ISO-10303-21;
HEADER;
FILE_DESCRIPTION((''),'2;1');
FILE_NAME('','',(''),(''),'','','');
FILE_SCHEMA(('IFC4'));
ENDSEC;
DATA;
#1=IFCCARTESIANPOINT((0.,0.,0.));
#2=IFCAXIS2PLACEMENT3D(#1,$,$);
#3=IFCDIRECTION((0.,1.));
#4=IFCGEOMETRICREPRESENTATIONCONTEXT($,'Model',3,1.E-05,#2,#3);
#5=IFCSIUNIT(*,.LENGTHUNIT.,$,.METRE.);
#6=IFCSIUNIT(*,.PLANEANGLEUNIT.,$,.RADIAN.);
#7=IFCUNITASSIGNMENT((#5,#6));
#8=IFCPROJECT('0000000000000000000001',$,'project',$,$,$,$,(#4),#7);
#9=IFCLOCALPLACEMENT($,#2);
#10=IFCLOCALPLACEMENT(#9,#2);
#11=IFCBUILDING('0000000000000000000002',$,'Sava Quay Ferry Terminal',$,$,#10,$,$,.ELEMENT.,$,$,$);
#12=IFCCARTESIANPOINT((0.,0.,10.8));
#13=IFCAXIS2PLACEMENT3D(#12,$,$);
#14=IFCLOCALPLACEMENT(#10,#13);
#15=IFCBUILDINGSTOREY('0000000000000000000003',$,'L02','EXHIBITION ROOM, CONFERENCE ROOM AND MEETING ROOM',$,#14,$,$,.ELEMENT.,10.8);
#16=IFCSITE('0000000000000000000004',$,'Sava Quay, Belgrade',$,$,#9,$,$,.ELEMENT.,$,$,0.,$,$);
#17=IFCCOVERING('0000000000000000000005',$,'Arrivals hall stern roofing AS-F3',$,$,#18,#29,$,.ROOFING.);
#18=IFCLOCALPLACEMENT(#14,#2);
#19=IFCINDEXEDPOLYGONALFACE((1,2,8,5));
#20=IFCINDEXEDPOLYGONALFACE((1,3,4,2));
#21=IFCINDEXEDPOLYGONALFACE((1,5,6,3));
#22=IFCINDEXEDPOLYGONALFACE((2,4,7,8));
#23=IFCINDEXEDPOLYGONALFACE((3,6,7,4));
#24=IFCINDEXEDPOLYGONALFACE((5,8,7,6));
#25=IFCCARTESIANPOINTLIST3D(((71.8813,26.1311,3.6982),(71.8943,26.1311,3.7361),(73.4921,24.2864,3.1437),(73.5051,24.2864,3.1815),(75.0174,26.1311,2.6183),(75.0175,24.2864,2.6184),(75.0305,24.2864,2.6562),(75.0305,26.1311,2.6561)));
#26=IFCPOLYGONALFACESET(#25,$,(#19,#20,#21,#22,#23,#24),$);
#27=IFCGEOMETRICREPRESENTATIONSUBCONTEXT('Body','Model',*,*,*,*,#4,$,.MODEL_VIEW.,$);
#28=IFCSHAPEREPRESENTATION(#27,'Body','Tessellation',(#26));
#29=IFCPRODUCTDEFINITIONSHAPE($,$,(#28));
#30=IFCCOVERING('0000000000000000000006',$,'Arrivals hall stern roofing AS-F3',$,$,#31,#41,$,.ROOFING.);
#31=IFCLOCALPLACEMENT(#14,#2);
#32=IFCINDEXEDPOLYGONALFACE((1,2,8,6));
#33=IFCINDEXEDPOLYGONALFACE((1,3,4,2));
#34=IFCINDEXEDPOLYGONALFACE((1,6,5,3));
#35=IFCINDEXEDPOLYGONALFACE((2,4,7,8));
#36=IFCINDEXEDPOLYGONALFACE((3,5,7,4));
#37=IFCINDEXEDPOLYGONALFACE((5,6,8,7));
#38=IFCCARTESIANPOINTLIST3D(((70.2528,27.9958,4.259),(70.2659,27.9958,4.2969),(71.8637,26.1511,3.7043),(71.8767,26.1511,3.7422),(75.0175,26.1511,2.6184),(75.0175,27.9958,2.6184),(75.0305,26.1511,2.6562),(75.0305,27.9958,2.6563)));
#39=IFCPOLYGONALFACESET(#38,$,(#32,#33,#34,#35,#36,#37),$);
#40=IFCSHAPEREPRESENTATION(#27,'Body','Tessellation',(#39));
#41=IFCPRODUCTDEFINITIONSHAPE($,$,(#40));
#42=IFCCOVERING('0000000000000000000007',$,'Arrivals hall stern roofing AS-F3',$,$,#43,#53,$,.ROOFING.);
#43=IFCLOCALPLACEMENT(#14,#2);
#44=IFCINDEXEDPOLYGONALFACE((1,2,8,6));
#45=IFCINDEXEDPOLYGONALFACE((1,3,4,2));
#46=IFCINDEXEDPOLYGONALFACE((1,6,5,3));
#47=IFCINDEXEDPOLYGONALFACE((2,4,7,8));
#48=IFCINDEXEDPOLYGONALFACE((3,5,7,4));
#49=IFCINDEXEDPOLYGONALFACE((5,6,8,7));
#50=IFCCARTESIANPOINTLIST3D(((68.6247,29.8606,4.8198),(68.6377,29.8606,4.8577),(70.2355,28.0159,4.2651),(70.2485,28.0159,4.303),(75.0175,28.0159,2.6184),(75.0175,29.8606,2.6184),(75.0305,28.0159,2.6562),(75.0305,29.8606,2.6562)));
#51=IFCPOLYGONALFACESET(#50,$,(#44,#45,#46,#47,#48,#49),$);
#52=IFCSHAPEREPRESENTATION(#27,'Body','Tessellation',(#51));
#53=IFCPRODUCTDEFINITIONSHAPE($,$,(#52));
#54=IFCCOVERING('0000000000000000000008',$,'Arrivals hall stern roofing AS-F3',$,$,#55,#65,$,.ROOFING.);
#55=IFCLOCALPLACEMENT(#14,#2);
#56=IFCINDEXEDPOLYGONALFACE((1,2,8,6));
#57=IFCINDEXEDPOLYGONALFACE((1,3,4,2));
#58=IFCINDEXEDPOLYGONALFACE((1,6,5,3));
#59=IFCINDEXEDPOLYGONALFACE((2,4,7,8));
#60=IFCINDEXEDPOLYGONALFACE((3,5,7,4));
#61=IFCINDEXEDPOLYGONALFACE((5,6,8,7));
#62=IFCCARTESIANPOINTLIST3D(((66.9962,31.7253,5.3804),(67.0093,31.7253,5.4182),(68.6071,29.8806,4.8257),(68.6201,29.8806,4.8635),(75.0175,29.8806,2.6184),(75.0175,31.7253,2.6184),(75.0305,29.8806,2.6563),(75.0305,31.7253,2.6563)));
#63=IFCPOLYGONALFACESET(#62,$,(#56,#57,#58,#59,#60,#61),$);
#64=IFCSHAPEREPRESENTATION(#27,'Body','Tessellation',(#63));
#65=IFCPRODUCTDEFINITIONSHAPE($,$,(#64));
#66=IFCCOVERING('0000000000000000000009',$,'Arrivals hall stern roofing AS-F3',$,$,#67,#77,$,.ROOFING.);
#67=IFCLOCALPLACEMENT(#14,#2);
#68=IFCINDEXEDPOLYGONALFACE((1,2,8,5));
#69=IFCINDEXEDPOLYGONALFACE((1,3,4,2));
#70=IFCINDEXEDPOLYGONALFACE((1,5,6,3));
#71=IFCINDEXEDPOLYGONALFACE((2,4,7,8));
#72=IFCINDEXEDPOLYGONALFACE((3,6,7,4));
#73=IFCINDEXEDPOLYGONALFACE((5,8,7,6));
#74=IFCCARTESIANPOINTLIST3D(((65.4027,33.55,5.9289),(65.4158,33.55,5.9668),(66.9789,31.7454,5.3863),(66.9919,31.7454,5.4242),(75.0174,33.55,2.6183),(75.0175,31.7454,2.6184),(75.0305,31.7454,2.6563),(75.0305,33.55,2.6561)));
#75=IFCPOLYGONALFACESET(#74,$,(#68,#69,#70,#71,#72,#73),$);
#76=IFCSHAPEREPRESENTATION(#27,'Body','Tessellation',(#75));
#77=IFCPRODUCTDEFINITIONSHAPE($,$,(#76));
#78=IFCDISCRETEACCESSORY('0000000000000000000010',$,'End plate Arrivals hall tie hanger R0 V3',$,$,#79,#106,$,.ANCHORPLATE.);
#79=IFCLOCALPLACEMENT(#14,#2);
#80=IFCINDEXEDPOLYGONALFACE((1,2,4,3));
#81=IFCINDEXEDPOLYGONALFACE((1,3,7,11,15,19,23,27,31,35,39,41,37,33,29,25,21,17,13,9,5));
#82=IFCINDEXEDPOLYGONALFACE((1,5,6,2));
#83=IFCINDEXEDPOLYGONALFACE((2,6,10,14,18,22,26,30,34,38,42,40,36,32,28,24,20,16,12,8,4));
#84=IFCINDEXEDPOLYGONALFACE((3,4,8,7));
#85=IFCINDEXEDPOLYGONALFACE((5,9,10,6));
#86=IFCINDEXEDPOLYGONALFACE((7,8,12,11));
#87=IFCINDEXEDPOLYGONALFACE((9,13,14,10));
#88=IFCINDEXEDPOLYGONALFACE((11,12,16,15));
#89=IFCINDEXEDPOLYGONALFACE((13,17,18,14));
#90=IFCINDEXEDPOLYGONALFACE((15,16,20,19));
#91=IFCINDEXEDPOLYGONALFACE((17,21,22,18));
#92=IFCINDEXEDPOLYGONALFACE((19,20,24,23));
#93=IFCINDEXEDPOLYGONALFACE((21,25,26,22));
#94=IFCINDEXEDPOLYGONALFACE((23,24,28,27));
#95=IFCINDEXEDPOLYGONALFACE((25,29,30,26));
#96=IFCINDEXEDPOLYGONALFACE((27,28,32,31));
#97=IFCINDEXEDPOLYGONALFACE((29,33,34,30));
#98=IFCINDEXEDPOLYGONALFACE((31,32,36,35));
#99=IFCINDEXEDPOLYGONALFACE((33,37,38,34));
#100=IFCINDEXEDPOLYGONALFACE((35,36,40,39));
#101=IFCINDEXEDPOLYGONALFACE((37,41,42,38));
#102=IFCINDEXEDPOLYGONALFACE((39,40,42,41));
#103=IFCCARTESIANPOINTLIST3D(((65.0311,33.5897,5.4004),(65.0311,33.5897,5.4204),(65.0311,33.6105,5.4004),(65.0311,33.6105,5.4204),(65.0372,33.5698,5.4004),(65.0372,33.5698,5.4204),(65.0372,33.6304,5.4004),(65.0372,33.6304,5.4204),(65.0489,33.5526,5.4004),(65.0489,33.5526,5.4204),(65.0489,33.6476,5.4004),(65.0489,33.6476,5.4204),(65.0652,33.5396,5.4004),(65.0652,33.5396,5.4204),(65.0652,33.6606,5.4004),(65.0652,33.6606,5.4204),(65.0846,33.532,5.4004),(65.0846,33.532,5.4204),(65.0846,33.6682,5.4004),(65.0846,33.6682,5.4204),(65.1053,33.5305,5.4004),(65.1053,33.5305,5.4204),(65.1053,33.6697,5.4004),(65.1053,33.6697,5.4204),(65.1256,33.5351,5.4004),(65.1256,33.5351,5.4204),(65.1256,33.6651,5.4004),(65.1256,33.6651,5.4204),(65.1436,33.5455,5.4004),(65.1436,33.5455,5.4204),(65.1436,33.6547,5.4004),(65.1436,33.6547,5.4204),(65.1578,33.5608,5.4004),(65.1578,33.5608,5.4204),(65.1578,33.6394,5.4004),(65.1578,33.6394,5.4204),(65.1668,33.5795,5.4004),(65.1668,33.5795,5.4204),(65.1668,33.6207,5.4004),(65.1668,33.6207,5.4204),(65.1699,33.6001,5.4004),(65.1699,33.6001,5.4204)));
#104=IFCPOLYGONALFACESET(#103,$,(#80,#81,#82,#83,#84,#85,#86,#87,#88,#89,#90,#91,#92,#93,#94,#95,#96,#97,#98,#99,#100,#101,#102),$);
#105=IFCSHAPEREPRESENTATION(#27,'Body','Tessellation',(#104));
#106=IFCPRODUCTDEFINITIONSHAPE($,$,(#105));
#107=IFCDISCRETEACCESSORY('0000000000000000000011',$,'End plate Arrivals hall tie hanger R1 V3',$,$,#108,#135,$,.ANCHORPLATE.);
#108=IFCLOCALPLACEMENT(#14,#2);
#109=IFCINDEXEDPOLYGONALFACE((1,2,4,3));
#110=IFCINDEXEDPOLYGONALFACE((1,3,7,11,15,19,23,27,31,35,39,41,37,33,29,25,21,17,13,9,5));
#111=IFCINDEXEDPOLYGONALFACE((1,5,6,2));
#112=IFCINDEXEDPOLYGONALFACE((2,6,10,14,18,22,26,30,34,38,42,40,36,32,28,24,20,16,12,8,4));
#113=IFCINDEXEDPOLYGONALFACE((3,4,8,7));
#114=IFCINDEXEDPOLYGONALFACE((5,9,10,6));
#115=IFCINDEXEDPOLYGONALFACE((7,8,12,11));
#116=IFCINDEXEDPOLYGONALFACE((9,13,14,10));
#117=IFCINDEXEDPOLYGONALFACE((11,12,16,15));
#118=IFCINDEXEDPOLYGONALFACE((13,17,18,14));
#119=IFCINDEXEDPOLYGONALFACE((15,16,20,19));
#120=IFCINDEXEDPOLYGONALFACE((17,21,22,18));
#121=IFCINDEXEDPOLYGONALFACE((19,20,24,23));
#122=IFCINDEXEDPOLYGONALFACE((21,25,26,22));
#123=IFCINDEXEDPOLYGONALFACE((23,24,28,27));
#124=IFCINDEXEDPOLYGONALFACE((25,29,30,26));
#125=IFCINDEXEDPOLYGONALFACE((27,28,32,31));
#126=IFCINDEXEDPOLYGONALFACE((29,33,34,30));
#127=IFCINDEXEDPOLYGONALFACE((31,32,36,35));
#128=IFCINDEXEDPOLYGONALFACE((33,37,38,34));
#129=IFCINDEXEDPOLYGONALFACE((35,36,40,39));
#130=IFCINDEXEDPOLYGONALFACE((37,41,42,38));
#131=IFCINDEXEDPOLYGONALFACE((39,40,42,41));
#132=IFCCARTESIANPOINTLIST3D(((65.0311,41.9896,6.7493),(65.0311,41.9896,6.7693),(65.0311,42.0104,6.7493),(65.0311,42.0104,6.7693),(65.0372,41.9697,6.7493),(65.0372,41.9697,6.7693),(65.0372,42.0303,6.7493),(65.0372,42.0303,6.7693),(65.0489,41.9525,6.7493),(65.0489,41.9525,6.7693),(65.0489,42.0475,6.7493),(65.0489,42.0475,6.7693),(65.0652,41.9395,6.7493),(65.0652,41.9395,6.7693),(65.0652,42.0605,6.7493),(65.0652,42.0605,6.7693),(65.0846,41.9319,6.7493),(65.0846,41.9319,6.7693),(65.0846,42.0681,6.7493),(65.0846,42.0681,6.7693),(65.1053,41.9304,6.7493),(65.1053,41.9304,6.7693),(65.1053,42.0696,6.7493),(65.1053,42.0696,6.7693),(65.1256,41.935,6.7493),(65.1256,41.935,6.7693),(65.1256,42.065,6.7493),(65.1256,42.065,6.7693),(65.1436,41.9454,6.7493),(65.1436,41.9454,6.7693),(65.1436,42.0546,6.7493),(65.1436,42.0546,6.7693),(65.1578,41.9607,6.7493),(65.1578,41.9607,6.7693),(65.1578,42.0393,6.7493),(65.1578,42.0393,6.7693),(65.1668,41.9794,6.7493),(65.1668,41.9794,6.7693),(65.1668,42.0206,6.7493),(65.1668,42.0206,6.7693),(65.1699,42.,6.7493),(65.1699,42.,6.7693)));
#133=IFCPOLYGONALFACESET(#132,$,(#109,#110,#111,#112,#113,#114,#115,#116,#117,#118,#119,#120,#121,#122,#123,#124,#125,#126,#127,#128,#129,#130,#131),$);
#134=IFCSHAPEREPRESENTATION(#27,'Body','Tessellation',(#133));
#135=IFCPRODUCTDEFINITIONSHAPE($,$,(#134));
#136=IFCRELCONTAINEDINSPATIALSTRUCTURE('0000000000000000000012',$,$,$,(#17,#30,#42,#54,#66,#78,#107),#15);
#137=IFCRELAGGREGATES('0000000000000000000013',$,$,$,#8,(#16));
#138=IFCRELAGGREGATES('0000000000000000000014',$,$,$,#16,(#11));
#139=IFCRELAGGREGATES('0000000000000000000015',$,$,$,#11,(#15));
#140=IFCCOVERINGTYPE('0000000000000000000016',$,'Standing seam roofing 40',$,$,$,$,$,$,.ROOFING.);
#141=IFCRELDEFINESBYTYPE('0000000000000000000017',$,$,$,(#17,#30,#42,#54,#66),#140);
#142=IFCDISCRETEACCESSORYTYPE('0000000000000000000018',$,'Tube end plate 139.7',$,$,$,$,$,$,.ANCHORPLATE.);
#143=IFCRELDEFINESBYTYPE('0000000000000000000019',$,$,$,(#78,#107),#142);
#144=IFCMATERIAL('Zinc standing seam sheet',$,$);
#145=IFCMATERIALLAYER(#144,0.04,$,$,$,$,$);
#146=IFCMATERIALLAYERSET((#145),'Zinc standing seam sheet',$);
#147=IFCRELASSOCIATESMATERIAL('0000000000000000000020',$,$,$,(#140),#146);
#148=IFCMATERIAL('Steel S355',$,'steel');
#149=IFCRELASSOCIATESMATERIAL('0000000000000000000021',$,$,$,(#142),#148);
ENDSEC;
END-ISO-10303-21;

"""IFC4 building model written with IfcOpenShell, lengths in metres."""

from ifc_helpers import new_model, si_unit, direction, frame, origin, origin_2d, place, context, subcontext, project, spatial, polyline, circle, outline, extrude, material, layer, layer_set, material_profile, profile_set, type_object, element, save


model = new_model("IFC4")

# Units and contexts
model_context = context("Model", 3, precision=1e-05, world=origin(), true_north=direction((0.0, 1.0)))
body_context = subcontext(model_context, "Body", "Model", "MODEL_VIEW")
ifc_project = project(units=[si_unit("LENGTHUNIT", "METRE"), si_unit("PLANEANGLEUNIT", "RADIAN")], contexts=[model_context])

# Site, building, storey
site_placement = place(None, origin())
site = spatial("IfcSite", under=ifc_project, at=site_placement, Name="Sava Quay, Belgrade", CompositionType="ELEMENT", RefElevation=0.0)
building_placement = place(site_placement, origin())
building = spatial("IfcBuilding", under=site, at=building_placement, Name="Sava Quay Ferry Terminal", CompositionType="ELEMENT")
storey_placement = place(building_placement, frame((0.0, 0.0, 10.8)))
storey = spatial("IfcBuildingStorey", under=building, at=storey_placement, Name="L02", Description="EXHIBITION ROOM, CONFERENCE ROOM AND MEETING ROOM", CompositionType="ELEMENT", Elevation=10.8)

# Coverings
ifc_material_1 = material(Name="Zinc standing seam sheet")
ifc_layer_1 = layer(ifc_material_1, 0.04)
ifc_layer_set_1 = layer_set([ifc_layer_1], Name="Zinc standing seam sheet")
covering_type_1 = type_object("IfcCoveringType", Name="Standing seam roofing 40", PredefinedType="ROOFING", material=ifc_layer_set_1)
covering_1_placement = place(storey_placement, frame((71.8943, 26.1311, 3.7361), z_axis=(0.325586, 0.000063, 0.945512), x_axis=(0.945512, 0.0, -0.325586)))
element("IfcCovering", 1, at=covering_1_placement, inside=storey, type_object=covering_type_1, Name="Arrivals hall stern roofing AS-F3", PredefinedType="ROOFING", context=body_context, shape_type="SweptSolid", body=[
    extrude(outline(polyline([(0.0, 0.0), (3.3169, 0.0), (3.3169, -1.8447), (1.7036, -1.8447), (0.0, 0.0)])), origin(), (0.0, 0.0, -1.0), 0.04),
])
covering_2_placement = place(storey_placement, frame((70.2659, 27.9958, 4.2969), z_axis=(0.32557, -0.000007, 0.945518), x_axis=(0.945518, 0.0, -0.32557)))
element("IfcCovering", 2, at=covering_2_placement, inside=storey, type_object=covering_type_1, Name="Arrivals hall stern roofing AS-F3", PredefinedType="ROOFING", context=body_context, shape_type="SweptSolid", body=[
    extrude(outline(polyline([(0.0, 0.0), (5.0392, 0.0), (5.0392, -1.8447), (1.7037, -1.8447), (0.0, 0.0)])), origin(), (0.0, 0.0, -1.0), 0.04),
])
covering_3_placement = place(storey_placement, frame((68.6377, 29.8606, 4.8577), z_axis=(0.325595, 0.000005, 0.945509), x_axis=(0.945509, 0.0, -0.325595)))
element("IfcCovering", 3, at=covering_3_placement, inside=storey, type_object=covering_type_1, Name="Arrivals hall stern roofing AS-F3", PredefinedType="ROOFING", context=body_context, shape_type="SweptSolid", body=[
    extrude(outline(polyline([(0.0, 0.0), (6.7612, 0.0), (6.7612, -1.8447), (1.7037, -1.8447), (0.0, 0.0)])), origin(), (0.0, 0.0, -1.0), 0.04),
])
covering_4_placement = place(storey_placement, frame((67.0093, 31.7253, 5.4182), z_axis=(0.32557, -0.000007, 0.945518), x_axis=(0.945518, 0.0, -0.32557)))
element("IfcCovering", 4, at=covering_4_placement, inside=storey, type_object=covering_type_1, Name="Arrivals hall stern roofing AS-F3", PredefinedType="ROOFING", context=body_context, shape_type="SweptSolid", body=[
    extrude(outline(polyline([(0.0, 0.0), (8.4834, 0.0), (8.4834, -1.8447), (1.7037, -1.8447), (0.0, 0.0)])), origin(), (0.0, 0.0, -1.0), 0.04),
])
covering_5_placement = place(storey_placement, frame((65.4158, 33.55, 5.9668), z_axis=(0.325572, 0.000065, 0.945517), x_axis=(0.945517, 0.0, -0.325572)))
element("IfcCovering", 5, at=covering_5_placement, inside=storey, type_object=covering_type_1, Name="Arrivals hall stern roofing AS-F3", PredefinedType="ROOFING", context=body_context, shape_type="SweptSolid", body=[
    extrude(outline(polyline([(0.0, 0.0), (10.1687, 0.0), (10.1687, -1.8047), (1.6669, -1.8047), (0.0, 0.0)])), origin(), (0.0, 0.0, -1.0), 0.04),
])

# Discrete accessories
ifc_material_2 = material(Name="Steel S355", Category="steel")
ifc_material_profile_1 = material_profile(ifc_material_2, circle(Radius=0.0698, at=origin_2d()), Name="Plate 139.7 dia x 20")
ifc_profile_set_1 = profile_set([ifc_material_profile_1], Name="Steel S355")
discrete_accessory_type = type_object("IfcDiscreteAccessoryType", Name="Tube end plate 139.7", PredefinedType="ANCHORPLATE", material=ifc_profile_set_1)
for number, where, z_axis, x_axis, name in (
    (6, (65.1001, 33.6001, 5.4004), (0.0, 0.0, 1.0), (1.0, 0.0, 0.0), "End plate Arrivals hall tie hanger R0 V3"),
    (7, (65.1001, 42.0, 6.7493), (0.0, 0.0, 1.0), (1.0, 0.0, 0.0), "End plate Arrivals hall tie hanger R1 V3"),
):
    element("IfcDiscreteAccessory", number, at=place(storey_placement, frame(where, z_axis=z_axis, x_axis=x_axis)), inside=storey, type_object=discrete_accessory_type, Name=name, PredefinedType="ANCHORPLATE", context=body_context, shape_type="SweptSolid", body=[
        extrude(circle(Radius=0.0698, at=origin_2d()), origin(), (0.0, 0.0, 1.0), 0.02),
    ])

save(model, "model.ifc")
